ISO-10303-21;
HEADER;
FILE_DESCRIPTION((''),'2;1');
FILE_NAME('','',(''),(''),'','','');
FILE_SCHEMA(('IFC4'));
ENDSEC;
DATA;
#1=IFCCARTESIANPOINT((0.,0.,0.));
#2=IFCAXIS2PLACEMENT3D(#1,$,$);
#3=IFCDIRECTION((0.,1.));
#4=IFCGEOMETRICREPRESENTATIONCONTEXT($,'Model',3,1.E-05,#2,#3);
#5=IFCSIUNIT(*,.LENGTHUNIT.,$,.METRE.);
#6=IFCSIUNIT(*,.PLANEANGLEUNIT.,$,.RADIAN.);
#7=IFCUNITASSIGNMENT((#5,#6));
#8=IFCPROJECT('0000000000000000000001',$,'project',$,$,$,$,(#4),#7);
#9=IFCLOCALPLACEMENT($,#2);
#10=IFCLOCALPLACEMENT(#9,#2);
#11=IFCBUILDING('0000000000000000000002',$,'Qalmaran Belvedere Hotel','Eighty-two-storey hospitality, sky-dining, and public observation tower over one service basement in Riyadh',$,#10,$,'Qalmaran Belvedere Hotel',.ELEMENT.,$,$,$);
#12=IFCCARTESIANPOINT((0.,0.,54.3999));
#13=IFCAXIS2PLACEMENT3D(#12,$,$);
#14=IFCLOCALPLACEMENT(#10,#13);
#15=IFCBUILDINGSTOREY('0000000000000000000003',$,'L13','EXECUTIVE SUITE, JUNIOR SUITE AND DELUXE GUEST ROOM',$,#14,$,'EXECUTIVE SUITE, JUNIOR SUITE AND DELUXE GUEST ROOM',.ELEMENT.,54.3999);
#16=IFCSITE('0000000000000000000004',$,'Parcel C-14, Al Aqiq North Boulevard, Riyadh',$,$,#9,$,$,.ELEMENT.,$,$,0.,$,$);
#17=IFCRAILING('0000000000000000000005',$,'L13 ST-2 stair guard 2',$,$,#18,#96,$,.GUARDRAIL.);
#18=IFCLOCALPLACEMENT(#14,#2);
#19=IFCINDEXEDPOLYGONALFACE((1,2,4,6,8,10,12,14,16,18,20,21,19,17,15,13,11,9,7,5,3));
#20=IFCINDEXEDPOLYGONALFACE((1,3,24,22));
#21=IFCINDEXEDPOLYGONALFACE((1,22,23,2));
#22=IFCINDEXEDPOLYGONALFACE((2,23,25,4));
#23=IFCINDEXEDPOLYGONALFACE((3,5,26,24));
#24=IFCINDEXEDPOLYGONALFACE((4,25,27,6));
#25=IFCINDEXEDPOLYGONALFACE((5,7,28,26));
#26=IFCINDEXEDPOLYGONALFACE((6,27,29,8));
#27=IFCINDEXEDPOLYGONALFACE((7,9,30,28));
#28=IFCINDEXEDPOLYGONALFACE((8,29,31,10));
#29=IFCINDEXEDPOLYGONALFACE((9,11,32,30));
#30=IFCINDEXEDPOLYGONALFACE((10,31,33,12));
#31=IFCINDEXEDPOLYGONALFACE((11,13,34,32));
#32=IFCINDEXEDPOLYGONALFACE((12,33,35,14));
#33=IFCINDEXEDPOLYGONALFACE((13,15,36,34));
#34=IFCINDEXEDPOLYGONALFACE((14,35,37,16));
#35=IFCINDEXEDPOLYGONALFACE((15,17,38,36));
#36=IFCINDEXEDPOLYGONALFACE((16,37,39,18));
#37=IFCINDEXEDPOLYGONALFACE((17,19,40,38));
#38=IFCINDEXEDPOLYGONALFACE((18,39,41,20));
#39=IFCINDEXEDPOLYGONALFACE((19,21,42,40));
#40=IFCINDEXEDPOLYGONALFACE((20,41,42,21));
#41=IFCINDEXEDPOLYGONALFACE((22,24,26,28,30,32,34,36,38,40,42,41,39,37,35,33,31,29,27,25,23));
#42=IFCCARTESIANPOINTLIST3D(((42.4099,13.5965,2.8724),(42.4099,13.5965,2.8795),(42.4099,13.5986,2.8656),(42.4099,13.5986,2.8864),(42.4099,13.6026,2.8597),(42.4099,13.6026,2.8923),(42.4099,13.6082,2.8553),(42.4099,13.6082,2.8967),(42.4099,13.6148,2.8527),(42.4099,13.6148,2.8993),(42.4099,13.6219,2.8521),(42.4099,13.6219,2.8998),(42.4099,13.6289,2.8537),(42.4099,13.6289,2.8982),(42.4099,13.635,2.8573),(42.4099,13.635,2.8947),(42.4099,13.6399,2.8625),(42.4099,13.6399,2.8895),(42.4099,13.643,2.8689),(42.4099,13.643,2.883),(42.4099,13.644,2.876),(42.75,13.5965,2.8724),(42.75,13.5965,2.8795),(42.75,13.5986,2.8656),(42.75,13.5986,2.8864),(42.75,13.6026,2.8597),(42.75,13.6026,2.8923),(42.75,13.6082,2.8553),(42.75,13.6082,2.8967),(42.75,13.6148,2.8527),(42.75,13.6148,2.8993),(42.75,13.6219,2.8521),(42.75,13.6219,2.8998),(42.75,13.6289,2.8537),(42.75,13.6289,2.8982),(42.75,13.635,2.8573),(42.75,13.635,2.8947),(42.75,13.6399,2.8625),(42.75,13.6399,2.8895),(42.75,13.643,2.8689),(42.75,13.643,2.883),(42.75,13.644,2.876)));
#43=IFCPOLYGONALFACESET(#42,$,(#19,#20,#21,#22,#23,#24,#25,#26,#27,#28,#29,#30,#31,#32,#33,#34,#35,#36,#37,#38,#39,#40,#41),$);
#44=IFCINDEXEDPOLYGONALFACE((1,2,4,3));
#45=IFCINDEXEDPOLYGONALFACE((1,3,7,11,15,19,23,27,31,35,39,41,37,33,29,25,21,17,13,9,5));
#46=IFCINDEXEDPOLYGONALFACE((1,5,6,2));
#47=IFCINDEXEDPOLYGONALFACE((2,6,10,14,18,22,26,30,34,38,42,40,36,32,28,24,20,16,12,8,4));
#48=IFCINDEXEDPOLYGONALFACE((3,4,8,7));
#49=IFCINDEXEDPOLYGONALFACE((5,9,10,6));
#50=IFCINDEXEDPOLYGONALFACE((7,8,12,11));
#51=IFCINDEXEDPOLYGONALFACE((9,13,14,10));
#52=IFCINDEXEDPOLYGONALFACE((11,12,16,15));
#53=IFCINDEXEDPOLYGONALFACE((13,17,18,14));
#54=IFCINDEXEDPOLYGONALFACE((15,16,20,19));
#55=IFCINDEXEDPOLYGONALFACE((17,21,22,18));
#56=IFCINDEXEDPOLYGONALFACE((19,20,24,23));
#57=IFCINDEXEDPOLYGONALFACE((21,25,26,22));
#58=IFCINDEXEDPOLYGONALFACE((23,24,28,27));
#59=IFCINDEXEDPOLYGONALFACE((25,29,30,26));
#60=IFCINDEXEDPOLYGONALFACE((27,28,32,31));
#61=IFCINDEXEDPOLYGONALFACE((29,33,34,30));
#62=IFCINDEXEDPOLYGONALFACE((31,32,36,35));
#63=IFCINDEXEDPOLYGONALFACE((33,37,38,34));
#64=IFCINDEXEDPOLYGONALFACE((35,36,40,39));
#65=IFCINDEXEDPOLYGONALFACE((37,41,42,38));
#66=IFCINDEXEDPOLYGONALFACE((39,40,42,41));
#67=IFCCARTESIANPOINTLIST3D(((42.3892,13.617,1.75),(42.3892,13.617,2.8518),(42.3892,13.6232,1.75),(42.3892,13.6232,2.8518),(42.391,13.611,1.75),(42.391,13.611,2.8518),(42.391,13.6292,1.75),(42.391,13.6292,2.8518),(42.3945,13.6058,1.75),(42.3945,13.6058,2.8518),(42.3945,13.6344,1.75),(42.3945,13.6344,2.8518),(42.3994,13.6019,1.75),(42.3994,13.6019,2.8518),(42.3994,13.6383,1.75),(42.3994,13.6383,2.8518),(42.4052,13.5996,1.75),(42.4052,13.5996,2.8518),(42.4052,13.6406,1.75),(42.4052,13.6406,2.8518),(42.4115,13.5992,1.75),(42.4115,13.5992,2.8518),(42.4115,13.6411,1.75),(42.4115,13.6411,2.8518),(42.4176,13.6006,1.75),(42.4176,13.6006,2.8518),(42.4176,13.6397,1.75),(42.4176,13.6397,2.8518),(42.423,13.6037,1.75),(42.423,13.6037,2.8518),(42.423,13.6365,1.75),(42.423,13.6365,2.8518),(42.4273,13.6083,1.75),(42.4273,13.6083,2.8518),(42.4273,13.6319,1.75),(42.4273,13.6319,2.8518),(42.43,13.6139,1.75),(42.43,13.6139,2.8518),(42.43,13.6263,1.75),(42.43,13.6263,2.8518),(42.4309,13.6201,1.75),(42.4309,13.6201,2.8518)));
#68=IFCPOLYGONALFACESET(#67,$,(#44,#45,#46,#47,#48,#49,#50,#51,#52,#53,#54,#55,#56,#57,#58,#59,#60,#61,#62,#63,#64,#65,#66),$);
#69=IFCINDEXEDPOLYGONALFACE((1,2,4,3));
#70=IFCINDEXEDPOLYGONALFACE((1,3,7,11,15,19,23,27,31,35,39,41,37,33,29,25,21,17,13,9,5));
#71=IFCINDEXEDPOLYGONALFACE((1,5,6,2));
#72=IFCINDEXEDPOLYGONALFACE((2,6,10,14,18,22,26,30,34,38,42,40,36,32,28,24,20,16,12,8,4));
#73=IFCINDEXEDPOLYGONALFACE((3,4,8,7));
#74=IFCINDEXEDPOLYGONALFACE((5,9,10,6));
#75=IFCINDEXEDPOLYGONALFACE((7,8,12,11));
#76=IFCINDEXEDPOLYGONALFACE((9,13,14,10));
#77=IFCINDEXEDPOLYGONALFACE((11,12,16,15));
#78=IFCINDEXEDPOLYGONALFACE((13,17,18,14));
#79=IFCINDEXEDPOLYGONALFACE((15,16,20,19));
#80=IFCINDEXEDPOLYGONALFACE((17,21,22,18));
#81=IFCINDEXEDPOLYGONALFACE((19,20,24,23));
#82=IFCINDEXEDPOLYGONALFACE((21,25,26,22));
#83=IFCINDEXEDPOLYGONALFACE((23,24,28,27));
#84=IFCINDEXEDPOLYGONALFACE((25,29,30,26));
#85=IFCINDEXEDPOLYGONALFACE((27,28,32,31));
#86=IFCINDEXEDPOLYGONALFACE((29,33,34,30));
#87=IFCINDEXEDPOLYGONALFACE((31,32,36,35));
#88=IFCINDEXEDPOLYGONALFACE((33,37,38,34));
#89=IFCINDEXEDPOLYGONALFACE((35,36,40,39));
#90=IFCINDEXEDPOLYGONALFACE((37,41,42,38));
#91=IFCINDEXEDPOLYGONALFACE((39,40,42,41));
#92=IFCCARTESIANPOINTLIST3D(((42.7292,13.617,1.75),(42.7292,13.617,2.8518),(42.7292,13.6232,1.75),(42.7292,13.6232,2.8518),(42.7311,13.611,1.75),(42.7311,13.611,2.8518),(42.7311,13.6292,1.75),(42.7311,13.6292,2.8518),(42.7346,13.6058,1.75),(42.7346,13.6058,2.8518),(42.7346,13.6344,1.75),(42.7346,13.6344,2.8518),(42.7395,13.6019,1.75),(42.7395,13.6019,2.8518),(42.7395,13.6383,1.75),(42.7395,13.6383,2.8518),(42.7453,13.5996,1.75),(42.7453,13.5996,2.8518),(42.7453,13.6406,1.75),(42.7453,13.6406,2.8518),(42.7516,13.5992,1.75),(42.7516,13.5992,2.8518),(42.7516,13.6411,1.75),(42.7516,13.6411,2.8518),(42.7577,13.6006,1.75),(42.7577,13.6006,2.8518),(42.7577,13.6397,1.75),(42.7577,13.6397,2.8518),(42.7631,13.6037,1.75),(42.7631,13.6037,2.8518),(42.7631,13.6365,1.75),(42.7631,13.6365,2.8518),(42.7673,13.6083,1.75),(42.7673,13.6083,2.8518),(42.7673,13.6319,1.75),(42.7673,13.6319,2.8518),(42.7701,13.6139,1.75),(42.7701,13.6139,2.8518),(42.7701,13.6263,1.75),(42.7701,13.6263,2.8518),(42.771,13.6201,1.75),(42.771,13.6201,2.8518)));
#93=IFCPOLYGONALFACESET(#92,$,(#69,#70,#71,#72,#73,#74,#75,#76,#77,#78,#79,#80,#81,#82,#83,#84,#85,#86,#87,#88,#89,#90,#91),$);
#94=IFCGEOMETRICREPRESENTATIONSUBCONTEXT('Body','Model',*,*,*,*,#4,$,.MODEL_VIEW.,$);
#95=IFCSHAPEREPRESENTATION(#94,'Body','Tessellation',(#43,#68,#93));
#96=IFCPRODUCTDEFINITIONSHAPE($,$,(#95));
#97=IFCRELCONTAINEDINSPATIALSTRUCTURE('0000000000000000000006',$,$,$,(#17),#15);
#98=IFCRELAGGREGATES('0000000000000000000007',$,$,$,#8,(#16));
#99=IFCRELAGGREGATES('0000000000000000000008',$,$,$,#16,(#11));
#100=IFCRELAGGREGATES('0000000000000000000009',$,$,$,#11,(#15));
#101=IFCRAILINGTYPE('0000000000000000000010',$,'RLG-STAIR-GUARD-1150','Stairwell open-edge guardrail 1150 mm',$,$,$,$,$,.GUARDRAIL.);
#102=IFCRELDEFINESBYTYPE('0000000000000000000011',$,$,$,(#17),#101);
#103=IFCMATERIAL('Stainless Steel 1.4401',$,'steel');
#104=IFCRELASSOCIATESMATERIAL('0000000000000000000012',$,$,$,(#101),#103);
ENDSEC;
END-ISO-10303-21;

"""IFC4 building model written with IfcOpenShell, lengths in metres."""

from ifc_helpers import new_model, si_unit, direction, frame, origin, origin_2d, place, context, subcontext, project, spatial, circle, extrude, material, type_object, element, save


model = new_model("IFC4")

# Units and contexts
model_context = context("Model", 3, precision=1e-05, world=origin(), true_north=direction((0.0, 1.0)))
body_context = subcontext(model_context, "Body", "Model", "MODEL_VIEW")
ifc_project = project(units=[si_unit("LENGTHUNIT", "METRE"), si_unit("PLANEANGLEUNIT", "RADIAN")], contexts=[model_context])

# Site, building, storey
site_placement = place(None, origin())
site = spatial("IfcSite", under=ifc_project, at=site_placement, Name="Parcel C-14, Al Aqiq North Boulevard, Riyadh", CompositionType="ELEMENT", RefElevation=0.0)
building_placement = place(site_placement, origin())
building = spatial("IfcBuilding", under=site, at=building_placement, Name="Qalmaran Belvedere Hotel", Description="Eighty-two-storey hospitality, sky-dining, and public observation tower over one service basement in Riyadh", LongName="Qalmaran Belvedere Hotel", CompositionType="ELEMENT")
storey_placement = place(building_placement, frame((0.0, 0.0, 54.3999)))
storey = spatial("IfcBuildingStorey", under=building, at=storey_placement, Name="L13", Description="EXECUTIVE SUITE, JUNIOR SUITE AND DELUXE GUEST ROOM", LongName="EXECUTIVE SUITE, JUNIOR SUITE AND DELUXE GUEST ROOM", CompositionType="ELEMENT", Elevation=54.3999)

# Shared definitions
ifc_material_1 = material(Name="Stainless Steel 1.4401", Category="steel")

# Railing
railing_type_1 = type_object("IfcRailingType", Name="RLG-STAIR-GUARD-1150", Description="Stairwell open-edge guardrail 1150 mm", PredefinedType="GUARDRAIL", material=ifc_material_1)
railing_1_placement = place(storey_placement, frame((42.4099, 13.6201, 1.75)))
element("IfcRailing", 1, at=railing_1_placement, inside=storey, type_object=railing_type_1, Name="L13 ST-2 stair guard 2", PredefinedType="GUARDRAIL", context=body_context, shape_type="SweptSolid", body=[
    extrude(circle(Radius=0.0239, at=origin_2d()), frame((0.0, 0.0, 1.126), z_axis=(1.0, 0.0, 0.0), x_axis=(0.0, 1.0, 0.0)), (0.0, 0.0, 1.0), 0.3401),
    extrude(circle(Radius=0.021, at=origin_2d()), origin(), (0.0, 0.0, 1.0), 1.1018),
    extrude(circle(Radius=0.021, at=origin_2d()), frame((0.3401, 0.0, 0.0)), (0.0, 0.0, 1.0), 1.1018),
])

save(model, "model.ifc")
